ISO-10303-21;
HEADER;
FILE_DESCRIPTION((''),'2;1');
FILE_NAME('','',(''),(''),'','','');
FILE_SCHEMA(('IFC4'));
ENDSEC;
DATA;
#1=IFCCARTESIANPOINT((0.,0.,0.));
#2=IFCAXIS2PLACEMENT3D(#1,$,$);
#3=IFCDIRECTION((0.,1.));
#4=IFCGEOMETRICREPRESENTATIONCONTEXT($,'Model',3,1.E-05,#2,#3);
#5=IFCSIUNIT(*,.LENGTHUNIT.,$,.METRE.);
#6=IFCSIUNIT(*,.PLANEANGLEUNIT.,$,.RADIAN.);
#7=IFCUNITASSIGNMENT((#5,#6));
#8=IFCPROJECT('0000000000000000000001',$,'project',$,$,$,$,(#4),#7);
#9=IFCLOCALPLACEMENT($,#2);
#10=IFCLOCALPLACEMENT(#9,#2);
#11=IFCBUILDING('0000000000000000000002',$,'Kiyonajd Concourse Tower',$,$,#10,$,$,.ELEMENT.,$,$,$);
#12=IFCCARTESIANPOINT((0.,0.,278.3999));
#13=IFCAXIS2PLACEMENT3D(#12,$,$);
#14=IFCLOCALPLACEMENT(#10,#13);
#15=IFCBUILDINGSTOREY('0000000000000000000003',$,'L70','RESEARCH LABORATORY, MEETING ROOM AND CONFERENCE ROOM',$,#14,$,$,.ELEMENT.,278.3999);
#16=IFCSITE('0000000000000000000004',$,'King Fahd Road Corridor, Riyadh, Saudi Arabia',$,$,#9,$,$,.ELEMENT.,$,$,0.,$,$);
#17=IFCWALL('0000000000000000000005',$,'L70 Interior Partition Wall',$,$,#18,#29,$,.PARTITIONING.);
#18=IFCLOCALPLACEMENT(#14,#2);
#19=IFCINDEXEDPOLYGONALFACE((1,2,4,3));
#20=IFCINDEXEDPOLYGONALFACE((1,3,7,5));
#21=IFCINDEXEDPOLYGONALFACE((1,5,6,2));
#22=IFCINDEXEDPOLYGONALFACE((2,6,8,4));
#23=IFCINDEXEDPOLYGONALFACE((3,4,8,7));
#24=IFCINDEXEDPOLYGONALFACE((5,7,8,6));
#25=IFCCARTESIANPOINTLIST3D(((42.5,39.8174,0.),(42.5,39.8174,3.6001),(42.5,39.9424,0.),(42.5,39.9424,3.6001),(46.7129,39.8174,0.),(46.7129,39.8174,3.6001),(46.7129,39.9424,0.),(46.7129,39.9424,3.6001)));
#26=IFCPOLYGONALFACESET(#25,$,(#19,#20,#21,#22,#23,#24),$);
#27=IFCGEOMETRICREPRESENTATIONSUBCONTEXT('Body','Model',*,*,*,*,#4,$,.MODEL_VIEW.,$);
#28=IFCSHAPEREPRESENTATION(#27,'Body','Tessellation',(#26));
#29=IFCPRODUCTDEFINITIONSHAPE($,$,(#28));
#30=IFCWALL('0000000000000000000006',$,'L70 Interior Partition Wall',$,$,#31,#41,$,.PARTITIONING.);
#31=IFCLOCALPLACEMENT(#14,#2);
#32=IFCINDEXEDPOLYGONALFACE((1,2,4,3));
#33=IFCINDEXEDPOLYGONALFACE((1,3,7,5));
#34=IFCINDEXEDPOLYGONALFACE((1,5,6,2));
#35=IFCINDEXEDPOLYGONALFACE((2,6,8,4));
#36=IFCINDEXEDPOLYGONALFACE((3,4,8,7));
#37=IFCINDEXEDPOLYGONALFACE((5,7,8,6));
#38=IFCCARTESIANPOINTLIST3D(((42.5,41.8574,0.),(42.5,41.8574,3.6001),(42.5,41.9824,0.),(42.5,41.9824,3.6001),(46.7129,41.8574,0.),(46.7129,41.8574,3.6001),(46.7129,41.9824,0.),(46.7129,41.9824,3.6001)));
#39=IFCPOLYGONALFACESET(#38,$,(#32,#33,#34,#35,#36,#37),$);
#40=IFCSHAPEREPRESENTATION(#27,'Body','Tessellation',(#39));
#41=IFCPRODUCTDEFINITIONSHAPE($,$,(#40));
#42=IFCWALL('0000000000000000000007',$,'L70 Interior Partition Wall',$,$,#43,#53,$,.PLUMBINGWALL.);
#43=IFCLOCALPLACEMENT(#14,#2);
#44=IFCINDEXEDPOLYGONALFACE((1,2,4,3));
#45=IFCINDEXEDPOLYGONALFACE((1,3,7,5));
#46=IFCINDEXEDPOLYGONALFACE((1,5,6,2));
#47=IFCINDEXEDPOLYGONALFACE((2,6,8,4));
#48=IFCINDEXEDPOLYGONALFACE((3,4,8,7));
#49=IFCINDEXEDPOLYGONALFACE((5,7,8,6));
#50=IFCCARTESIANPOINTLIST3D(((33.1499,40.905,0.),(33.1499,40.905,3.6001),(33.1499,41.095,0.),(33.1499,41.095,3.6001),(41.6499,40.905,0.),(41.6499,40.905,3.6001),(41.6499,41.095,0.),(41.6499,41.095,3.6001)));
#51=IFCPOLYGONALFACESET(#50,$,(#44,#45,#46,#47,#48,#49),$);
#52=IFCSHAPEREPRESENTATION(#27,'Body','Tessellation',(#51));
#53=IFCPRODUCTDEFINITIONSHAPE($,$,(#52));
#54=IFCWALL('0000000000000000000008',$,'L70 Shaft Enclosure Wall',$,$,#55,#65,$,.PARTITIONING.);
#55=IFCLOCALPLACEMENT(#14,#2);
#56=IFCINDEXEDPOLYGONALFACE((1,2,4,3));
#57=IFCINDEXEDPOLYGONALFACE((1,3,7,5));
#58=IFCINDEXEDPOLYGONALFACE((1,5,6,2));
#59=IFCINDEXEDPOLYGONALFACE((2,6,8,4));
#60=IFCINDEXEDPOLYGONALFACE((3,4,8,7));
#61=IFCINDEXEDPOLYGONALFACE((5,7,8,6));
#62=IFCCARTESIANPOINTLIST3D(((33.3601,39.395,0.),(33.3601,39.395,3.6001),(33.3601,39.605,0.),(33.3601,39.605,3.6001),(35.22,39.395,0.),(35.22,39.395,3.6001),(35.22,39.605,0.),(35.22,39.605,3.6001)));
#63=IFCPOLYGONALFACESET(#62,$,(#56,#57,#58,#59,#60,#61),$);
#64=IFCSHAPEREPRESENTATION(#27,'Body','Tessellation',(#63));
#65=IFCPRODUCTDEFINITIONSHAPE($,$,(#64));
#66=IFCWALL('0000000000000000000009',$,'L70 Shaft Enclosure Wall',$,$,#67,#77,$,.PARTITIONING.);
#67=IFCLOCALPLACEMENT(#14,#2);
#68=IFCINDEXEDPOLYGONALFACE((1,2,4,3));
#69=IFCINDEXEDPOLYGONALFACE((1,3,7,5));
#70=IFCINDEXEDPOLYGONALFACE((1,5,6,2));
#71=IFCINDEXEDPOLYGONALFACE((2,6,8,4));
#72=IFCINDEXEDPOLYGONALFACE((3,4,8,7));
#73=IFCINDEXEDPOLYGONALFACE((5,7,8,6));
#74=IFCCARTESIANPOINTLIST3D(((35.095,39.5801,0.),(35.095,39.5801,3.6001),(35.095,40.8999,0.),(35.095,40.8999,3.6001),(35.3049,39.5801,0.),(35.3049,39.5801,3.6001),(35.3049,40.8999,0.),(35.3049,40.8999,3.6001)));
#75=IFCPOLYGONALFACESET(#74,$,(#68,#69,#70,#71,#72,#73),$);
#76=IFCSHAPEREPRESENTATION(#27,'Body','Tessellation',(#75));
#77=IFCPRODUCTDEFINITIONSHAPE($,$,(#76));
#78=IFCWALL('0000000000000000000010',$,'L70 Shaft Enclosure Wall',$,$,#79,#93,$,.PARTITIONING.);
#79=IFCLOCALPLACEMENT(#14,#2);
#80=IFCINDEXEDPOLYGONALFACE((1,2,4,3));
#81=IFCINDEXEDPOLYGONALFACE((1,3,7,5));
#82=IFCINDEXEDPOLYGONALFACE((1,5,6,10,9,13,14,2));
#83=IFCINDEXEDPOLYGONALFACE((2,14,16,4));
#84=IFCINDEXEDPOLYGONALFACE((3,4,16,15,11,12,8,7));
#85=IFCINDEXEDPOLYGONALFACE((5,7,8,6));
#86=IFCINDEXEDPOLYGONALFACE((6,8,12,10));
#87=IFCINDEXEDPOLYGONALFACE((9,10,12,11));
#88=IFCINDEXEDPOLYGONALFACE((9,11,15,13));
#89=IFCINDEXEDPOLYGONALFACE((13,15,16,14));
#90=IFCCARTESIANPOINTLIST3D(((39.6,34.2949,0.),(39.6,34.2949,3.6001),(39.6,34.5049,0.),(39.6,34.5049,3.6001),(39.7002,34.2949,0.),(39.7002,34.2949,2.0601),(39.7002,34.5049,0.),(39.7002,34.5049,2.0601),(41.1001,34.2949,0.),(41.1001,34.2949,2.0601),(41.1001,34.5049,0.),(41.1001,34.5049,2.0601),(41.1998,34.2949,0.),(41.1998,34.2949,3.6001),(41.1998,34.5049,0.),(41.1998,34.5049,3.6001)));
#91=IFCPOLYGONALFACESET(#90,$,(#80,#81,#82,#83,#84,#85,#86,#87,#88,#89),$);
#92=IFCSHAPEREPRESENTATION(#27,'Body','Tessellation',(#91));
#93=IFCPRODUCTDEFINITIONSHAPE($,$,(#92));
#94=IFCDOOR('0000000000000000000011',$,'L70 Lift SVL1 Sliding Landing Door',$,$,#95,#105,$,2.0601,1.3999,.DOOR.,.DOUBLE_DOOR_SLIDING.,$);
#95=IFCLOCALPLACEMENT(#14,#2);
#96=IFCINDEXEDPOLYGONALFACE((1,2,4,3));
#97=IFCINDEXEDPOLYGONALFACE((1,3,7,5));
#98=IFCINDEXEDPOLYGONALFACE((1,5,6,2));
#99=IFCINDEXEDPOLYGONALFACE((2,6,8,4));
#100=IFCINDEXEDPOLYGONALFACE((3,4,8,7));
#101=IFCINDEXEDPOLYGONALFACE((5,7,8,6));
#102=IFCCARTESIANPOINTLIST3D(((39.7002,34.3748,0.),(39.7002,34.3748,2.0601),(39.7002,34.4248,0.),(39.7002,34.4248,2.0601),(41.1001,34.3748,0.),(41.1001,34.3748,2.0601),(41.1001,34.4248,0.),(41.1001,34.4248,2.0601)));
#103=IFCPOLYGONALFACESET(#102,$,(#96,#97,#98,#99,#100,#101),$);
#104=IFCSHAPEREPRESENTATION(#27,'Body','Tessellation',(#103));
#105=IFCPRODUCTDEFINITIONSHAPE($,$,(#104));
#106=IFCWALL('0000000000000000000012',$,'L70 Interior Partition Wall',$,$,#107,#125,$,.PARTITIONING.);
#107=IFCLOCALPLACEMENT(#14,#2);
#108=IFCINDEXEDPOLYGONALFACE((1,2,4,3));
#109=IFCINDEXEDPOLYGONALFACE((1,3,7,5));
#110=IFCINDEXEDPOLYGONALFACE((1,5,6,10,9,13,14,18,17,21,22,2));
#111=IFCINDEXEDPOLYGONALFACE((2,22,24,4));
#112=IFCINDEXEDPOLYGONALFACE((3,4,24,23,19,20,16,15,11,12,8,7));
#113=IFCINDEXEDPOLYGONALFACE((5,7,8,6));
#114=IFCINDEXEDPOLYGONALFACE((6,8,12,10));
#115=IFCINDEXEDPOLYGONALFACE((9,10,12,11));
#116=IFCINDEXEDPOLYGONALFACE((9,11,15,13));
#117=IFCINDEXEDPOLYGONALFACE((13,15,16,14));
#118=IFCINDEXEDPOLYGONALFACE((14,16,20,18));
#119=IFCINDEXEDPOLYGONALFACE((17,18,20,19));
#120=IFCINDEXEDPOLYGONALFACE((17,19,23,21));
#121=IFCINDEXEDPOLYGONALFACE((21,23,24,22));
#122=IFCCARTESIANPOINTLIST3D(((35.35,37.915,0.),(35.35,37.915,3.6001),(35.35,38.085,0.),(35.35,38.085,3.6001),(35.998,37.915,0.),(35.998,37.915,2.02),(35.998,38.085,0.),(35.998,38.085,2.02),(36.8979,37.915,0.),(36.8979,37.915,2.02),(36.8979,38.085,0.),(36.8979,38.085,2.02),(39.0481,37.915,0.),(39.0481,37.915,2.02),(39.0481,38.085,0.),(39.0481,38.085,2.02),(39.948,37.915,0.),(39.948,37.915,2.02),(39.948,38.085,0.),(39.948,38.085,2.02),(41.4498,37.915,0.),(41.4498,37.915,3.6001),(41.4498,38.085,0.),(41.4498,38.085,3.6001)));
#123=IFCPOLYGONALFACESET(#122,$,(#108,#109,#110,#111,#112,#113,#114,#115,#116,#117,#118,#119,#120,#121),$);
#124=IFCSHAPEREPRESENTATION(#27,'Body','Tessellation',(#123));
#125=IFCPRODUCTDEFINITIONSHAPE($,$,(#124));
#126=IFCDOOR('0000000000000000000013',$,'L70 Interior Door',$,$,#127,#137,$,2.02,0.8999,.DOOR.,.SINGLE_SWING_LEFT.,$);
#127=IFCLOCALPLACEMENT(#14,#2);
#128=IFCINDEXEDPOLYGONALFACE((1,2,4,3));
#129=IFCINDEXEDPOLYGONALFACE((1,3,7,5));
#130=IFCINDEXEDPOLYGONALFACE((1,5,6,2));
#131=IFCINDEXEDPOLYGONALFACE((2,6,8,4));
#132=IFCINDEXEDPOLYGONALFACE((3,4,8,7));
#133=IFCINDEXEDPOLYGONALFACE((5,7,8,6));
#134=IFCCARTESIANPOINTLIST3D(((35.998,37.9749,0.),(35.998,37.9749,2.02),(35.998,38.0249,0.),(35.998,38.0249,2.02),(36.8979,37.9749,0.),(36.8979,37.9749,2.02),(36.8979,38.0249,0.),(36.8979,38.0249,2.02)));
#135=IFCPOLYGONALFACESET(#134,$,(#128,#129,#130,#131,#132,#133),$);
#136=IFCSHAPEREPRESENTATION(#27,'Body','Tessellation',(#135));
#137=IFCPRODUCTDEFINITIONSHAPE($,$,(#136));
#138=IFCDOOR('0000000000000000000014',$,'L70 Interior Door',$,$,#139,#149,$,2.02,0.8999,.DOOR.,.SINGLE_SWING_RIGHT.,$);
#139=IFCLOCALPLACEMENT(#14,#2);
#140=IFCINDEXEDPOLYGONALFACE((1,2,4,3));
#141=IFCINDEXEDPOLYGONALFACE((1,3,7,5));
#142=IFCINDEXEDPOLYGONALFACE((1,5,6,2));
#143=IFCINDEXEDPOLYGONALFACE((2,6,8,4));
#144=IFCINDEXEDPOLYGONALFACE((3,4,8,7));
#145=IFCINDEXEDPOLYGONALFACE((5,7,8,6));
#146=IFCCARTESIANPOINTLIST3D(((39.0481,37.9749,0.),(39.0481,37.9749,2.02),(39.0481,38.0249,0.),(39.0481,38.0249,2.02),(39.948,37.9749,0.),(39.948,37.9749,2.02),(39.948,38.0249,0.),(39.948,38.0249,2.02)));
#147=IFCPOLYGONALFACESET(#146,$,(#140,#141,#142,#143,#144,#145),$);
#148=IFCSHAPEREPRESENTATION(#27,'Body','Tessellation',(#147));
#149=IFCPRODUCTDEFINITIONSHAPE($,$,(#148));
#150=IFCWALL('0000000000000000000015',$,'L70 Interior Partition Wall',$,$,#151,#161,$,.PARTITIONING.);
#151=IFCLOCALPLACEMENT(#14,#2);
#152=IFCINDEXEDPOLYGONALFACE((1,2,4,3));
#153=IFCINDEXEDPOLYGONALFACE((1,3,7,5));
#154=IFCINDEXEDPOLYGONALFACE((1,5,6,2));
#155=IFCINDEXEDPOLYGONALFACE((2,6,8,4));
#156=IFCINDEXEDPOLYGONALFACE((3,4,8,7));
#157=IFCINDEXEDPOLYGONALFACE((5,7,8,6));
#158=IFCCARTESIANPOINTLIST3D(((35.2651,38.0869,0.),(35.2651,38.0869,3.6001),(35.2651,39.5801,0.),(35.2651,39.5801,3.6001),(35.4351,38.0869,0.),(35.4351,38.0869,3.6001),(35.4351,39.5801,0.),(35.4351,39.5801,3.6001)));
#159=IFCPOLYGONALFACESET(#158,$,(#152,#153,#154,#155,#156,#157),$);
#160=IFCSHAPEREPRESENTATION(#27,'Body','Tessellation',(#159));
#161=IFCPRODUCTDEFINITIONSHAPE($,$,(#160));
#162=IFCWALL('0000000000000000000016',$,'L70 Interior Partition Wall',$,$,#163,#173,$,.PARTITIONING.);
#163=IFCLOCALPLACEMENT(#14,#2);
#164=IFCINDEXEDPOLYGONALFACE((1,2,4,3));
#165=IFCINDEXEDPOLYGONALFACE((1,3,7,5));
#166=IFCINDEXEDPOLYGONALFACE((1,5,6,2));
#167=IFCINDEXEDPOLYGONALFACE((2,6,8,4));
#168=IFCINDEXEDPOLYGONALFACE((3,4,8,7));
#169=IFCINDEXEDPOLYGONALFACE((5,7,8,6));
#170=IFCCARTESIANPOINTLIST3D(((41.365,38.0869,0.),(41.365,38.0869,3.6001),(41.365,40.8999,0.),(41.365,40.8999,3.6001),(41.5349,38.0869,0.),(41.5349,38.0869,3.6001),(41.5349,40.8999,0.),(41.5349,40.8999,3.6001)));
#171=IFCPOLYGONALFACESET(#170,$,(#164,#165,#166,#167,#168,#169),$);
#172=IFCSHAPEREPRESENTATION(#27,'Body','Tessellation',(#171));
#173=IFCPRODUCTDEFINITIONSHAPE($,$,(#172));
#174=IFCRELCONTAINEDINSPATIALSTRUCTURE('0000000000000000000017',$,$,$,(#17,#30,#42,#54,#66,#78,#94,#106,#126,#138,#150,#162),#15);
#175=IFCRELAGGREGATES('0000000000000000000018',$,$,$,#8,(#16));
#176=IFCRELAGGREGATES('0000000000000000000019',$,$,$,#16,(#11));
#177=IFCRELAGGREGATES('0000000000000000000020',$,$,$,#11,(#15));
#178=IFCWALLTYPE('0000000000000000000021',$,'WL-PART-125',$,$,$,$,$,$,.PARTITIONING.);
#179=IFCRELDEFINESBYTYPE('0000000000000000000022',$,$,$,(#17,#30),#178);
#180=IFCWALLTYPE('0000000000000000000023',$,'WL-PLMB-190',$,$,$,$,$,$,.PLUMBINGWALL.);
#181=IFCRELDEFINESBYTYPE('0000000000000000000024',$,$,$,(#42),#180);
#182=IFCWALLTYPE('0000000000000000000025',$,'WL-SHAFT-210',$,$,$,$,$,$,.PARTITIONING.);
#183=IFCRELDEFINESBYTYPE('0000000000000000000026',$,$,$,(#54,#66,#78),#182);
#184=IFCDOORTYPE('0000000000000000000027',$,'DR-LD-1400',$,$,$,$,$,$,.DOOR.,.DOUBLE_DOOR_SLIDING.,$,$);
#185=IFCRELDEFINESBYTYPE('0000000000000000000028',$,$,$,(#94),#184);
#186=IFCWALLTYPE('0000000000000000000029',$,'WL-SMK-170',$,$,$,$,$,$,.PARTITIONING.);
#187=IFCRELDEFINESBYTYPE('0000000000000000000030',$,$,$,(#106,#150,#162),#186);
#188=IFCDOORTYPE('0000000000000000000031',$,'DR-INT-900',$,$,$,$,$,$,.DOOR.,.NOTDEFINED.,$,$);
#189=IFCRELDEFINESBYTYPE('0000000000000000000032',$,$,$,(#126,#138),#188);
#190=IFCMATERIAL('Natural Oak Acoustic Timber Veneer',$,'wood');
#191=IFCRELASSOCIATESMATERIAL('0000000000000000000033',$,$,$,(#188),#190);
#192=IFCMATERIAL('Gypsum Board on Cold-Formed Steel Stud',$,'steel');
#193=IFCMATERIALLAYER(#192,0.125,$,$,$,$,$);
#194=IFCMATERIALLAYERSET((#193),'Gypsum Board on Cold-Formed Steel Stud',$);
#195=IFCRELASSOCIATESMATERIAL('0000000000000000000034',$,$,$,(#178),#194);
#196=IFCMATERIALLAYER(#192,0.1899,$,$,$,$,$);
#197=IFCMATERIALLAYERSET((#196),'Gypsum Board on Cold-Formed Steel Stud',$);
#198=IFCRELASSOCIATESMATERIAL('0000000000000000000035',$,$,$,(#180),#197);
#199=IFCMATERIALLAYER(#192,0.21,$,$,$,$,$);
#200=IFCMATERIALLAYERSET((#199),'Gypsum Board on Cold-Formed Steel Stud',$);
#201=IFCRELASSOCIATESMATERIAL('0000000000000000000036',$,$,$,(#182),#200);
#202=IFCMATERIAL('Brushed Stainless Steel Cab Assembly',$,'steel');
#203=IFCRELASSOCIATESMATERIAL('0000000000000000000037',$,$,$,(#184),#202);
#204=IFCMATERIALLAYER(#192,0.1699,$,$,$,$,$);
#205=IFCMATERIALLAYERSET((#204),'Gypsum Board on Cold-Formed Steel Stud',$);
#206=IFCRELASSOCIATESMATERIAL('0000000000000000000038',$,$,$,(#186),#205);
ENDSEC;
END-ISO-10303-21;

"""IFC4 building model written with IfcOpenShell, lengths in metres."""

from ifc_helpers import new_model, si_unit, direction, frame, frame_2d, origin, place, context, subcontext, project, spatial, rectangle, extrude, material, layer, layer_set, type_object, element, fill, save


model = new_model("IFC4")

# Units and contexts
model_context = context("Model", 3, precision=1e-05, world=origin(), true_north=direction((0.0, 1.0)))
body_context = subcontext(model_context, "Body", "Model", "MODEL_VIEW")
ifc_project = project(units=[si_unit("LENGTHUNIT", "METRE"), si_unit("PLANEANGLEUNIT", "RADIAN")], contexts=[model_context])

# Site, building, storey
site_placement = place(None, origin())
site = spatial("IfcSite", under=ifc_project, at=site_placement, Name="King Fahd Road Corridor, Riyadh, Saudi Arabia", CompositionType="ELEMENT", RefElevation=0.0)
building_placement = place(site_placement, origin())
building = spatial("IfcBuilding", under=site, at=building_placement, Name="Kiyonajd Concourse Tower", CompositionType="ELEMENT")
storey_placement = place(building_placement, frame((0.0, 0.0, 278.3999)))
storey = spatial("IfcBuildingStorey", under=building, at=storey_placement, Name="L70", Description="RESEARCH LABORATORY, MEETING ROOM AND CONFERENCE ROOM", CompositionType="ELEMENT", Elevation=278.3999)

# Shared definitions
ifc_material_1 = material(Name="Natural Oak Acoustic Timber Veneer", Category="wood")
door_type_1 = type_object("IfcDoorType", Name="DR-INT-900", OperationType="NOTDEFINED", PredefinedType="DOOR", material=ifc_material_1)

# Walls
ifc_material_2 = material(Name="Gypsum Board on Cold-Formed Steel Stud", Category="steel")
ifc_layer_1 = layer(ifc_material_2, 0.125)
ifc_layer_set_1 = layer_set([ifc_layer_1], Name="Gypsum Board on Cold-Formed Steel Stud")
wall_type_1 = type_object("IfcWallType", Name="WL-PART-125", PredefinedType="PARTITIONING", material=ifc_layer_set_1)
for number, where, z_axis, x_axis, name in (
    (1, (42.5, 39.8799, 0.0), (0.0, 0.0, 1.0), (1.0, 0.0, 0.0), "L70 Interior Partition Wall"),
    (2, (42.5, 41.9199, 0.0), (0.0, 0.0, 1.0), (1.0, 0.0, 0.0), "L70 Interior Partition Wall"),
):
    element("IfcWall", number, at=place(storey_placement, frame(where, z_axis=z_axis, x_axis=x_axis)), inside=storey, type_object=wall_type_1, Name=name, PredefinedType="PARTITIONING", context=body_context, shape_type="SweptSolid", body=[
        extrude(rectangle(XDim=4.2129, YDim=0.125, at=frame_2d((2.1064, 0.0))), origin(), (0.0, 0.0, 1.0), 3.6001),
    ])
ifc_layer_2 = layer(ifc_material_2, 0.1899)
ifc_layer_set_2 = layer_set([ifc_layer_2], Name="Gypsum Board on Cold-Formed Steel Stud")
wall_type_2 = type_object("IfcWallType", Name="WL-PLMB-190", PredefinedType="PLUMBINGWALL", material=ifc_layer_set_2)
wall_1_placement = place(storey_placement, frame((33.1499, 41.0, 0.0), z_axis=(0.0, 0.0, 1.0), x_axis=(1.0, 0.0, 0.0)))
element("IfcWall", 3, at=wall_1_placement, inside=storey, type_object=wall_type_2, Name="L70 Interior Partition Wall", PredefinedType="PLUMBINGWALL", context=body_context, shape_type="SweptSolid", body=[
    extrude(rectangle(XDim=8.5, YDim=0.1899, at=frame_2d((4.25, 0.0))), origin(), (0.0, 0.0, 1.0), 3.6001),
])
ifc_layer_3 = layer(ifc_material_2, 0.21)
ifc_layer_set_3 = layer_set([ifc_layer_3], Name="Gypsum Board on Cold-Formed Steel Stud")
wall_type_3 = type_object("IfcWallType", Name="WL-SHAFT-210", PredefinedType="PARTITIONING", material=ifc_layer_set_3)
wall_2_placement = place(storey_placement, frame((33.3601, 39.5, 0.0), z_axis=(0.0, 0.0, 1.0), x_axis=(1.0, 0.0, 0.0)))
element("IfcWall", 4, at=wall_2_placement, inside=storey, type_object=wall_type_3, Name="L70 Shaft Enclosure Wall", PredefinedType="PARTITIONING", context=body_context, shape_type="SweptSolid", body=[
    extrude(rectangle(XDim=1.8599, YDim=0.21, at=frame_2d((0.9299, 0.0))), origin(), (0.0, 0.0, 1.0), 3.6001),
])
wall_3_placement = place(storey_placement, frame((35.2, 39.5801, 0.0), z_axis=(0.0, 0.0, 1.0), x_axis=(0.0, 1.0, 0.0)))
element("IfcWall", 5, at=wall_3_placement, inside=storey, type_object=wall_type_3, Name="L70 Shaft Enclosure Wall", PredefinedType="PARTITIONING", context=body_context, shape_type="SweptSolid", body=[
    extrude(rectangle(XDim=1.3198, YDim=0.21, at=frame_2d((0.6599, 0.0))), origin(), (0.0, 0.0, 1.0), 3.6001),
])

# Wall, opening, door
wall_4_placement = place(storey_placement, frame((39.6001, 34.3999, 0.0), z_axis=(0.0, 0.0, 1.0), x_axis=(1.0, 0.0, 0.0)))
wall_4 = element("IfcWall", 6, at=wall_4_placement, inside=storey, type_object=wall_type_3, Name="L70 Shaft Enclosure Wall", PredefinedType="PARTITIONING", context=body_context, shape_type="SweptSolid", body=[
    extrude(rectangle(XDim=1.5999, YDim=0.21, at=frame_2d((0.7998, 0.0))), origin(), (0.0, 0.0, 1.0), 3.6001),
])
opening_1_placement = place(wall_4_placement, frame((0.1001, 0.0, 0.0)))
opening_1 = element("IfcOpeningElement", 7, at=opening_1_placement, cuts=wall_4, PredefinedType="OPENING", context=body_context, shape_type="SweptSolid", body=[
    extrude(rectangle(XDim=1.3999, YDim=2.0601, at=frame_2d((0.7, 1.03))), frame((0.0, 0.115, 0.0), z_axis=(0.0, -1.0, 0.0), x_axis=(1.0, 0.0, 0.0)), (0.0, 0.0, 1.0), 0.23),
])
ifc_material_3 = material(Name="Brushed Stainless Steel Cab Assembly", Category="steel")
door_type_2 = type_object("IfcDoorType", Name="DR-LD-1400", OperationType="DOUBLE_DOOR_SLIDING", PredefinedType="DOOR", material=ifc_material_3)
door_1_placement = place(opening_1_placement, origin())
door_1 = element("IfcDoor", 8, at=door_1_placement, inside=storey, type_object=door_type_2, Name="L70 Lift SVL1 Sliding Landing Door", OperationType="DOUBLE_DOOR_SLIDING", OverallHeight=2.0601, OverallWidth=1.3999, PredefinedType="DOOR", context=body_context, shape_type="SweptSolid", body=[
    extrude(rectangle(XDim=1.3999, YDim=2.0601, at=frame_2d((0.7, 1.03))), frame((0.0, 0.0249, 0.0), z_axis=(0.0, -1.0, 0.0), x_axis=(1.0, 0.0, 0.0)), (0.0, 0.0, 1.0), 0.05),
])
fill(opening_1, door_1)

# Wall, openings, doors
ifc_layer_4 = layer(ifc_material_2, 0.1699)
ifc_layer_set_4 = layer_set([ifc_layer_4], Name="Gypsum Board on Cold-Formed Steel Stud")
wall_type_4 = type_object("IfcWallType", Name="WL-SMK-170", PredefinedType="PARTITIONING", material=ifc_layer_set_4)
wall_5_placement = place(storey_placement, frame((35.3501, 38.0, 0.0), z_axis=(0.0, 0.0, 1.0), x_axis=(1.0, 0.0, 0.0)))
wall_5 = element("IfcWall", 9, at=wall_5_placement, inside=storey, type_object=wall_type_4, Name="L70 Interior Partition Wall", PredefinedType="PARTITIONING", context=body_context, shape_type="SweptSolid", body=[
    extrude(rectangle(XDim=6.0999, YDim=0.1699, at=frame_2d((3.0498, 0.0))), origin(), (0.0, 0.0, 1.0), 3.6001),
])
opening_2_placement = place(wall_5_placement, frame((0.6479, 0.0, 0.0)))
opening_2 = element("IfcOpeningElement", 10, at=opening_2_placement, cuts=wall_5, PredefinedType="OPENING", context=body_context, shape_type="SweptSolid", body=[
    extrude(rectangle(XDim=0.8999, YDim=2.02, at=frame_2d((0.45, 1.01))), frame((0.0, 0.095, 0.0), z_axis=(0.0, -1.0, 0.0), x_axis=(1.0, 0.0, 0.0)), (0.0, 0.0, 1.0), 0.1899),
])
opening_3_placement = place(wall_5_placement, frame((3.698, 0.0, 0.0)))
opening_3 = element("IfcOpeningElement", 11, at=opening_3_placement, cuts=wall_5, PredefinedType="OPENING", context=body_context, shape_type="SweptSolid", body=[
    extrude(rectangle(XDim=0.8999, YDim=2.02, at=frame_2d((0.45, 1.01))), frame((0.0, 0.095, 0.0), z_axis=(0.0, -1.0, 0.0), x_axis=(1.0, 0.0, 0.0)), (0.0, 0.0, 1.0), 0.1899),
])
door_2_placement = place(opening_2_placement, origin())
door_2 = element("IfcDoor", 12, at=door_2_placement, inside=storey, type_object=door_type_1, Name="L70 Interior Door", OperationType="SINGLE_SWING_LEFT", OverallHeight=2.02, OverallWidth=0.8999, PredefinedType="DOOR", context=body_context, shape_type="SweptSolid", body=[
    extrude(rectangle(XDim=0.8999, YDim=2.02, at=frame_2d((0.45, 1.01))), frame((0.0, 0.0249, 0.0), z_axis=(0.0, -1.0, 0.0), x_axis=(1.0, 0.0, 0.0)), (0.0, 0.0, 1.0), 0.05),
])
fill(opening_2, door_2)
door_3_placement = place(opening_3_placement, origin())
door_3 = element("IfcDoor", 13, at=door_3_placement, inside=storey, type_object=door_type_1, Name="L70 Interior Door", OperationType="SINGLE_SWING_RIGHT", OverallHeight=2.02, OverallWidth=0.8999, PredefinedType="DOOR", context=body_context, shape_type="SweptSolid", body=[
    extrude(rectangle(XDim=0.8999, YDim=2.02, at=frame_2d((0.45, 1.01))), frame((0.0, 0.0249, 0.0), z_axis=(0.0, -1.0, 0.0), x_axis=(1.0, 0.0, 0.0)), (0.0, 0.0, 1.0), 0.05),
])
fill(opening_3, door_3)

# Walls
wall_6_placement = place(storey_placement, frame((35.3501, 38.0869, 0.0), z_axis=(0.0, 0.0, 1.0), x_axis=(0.0, 1.0, 0.0)))
element("IfcWall", 14, at=wall_6_placement, inside=storey, type_object=wall_type_4, Name="L70 Interior Partition Wall", PredefinedType="PARTITIONING", context=body_context, shape_type="SweptSolid", body=[
    extrude(rectangle(XDim=1.4932, YDim=0.1699, at=frame_2d((0.7466, 0.0))), origin(), (0.0, 0.0, 1.0), 3.6001),
])
wall_7_placement = place(storey_placement, frame((41.45, 38.0869, 0.0), z_axis=(0.0, 0.0, 1.0), x_axis=(0.0, 1.0, 0.0)))
element("IfcWall", 15, at=wall_7_placement, inside=storey, type_object=wall_type_4, Name="L70 Interior Partition Wall", PredefinedType="PARTITIONING", context=body_context, shape_type="SweptSolid", body=[
    extrude(rectangle(XDim=2.813, YDim=0.1699, at=frame_2d((1.4065, 0.0))), origin(), (0.0, 0.0, 1.0), 3.6001),
])

save(model, "model.ifc")
